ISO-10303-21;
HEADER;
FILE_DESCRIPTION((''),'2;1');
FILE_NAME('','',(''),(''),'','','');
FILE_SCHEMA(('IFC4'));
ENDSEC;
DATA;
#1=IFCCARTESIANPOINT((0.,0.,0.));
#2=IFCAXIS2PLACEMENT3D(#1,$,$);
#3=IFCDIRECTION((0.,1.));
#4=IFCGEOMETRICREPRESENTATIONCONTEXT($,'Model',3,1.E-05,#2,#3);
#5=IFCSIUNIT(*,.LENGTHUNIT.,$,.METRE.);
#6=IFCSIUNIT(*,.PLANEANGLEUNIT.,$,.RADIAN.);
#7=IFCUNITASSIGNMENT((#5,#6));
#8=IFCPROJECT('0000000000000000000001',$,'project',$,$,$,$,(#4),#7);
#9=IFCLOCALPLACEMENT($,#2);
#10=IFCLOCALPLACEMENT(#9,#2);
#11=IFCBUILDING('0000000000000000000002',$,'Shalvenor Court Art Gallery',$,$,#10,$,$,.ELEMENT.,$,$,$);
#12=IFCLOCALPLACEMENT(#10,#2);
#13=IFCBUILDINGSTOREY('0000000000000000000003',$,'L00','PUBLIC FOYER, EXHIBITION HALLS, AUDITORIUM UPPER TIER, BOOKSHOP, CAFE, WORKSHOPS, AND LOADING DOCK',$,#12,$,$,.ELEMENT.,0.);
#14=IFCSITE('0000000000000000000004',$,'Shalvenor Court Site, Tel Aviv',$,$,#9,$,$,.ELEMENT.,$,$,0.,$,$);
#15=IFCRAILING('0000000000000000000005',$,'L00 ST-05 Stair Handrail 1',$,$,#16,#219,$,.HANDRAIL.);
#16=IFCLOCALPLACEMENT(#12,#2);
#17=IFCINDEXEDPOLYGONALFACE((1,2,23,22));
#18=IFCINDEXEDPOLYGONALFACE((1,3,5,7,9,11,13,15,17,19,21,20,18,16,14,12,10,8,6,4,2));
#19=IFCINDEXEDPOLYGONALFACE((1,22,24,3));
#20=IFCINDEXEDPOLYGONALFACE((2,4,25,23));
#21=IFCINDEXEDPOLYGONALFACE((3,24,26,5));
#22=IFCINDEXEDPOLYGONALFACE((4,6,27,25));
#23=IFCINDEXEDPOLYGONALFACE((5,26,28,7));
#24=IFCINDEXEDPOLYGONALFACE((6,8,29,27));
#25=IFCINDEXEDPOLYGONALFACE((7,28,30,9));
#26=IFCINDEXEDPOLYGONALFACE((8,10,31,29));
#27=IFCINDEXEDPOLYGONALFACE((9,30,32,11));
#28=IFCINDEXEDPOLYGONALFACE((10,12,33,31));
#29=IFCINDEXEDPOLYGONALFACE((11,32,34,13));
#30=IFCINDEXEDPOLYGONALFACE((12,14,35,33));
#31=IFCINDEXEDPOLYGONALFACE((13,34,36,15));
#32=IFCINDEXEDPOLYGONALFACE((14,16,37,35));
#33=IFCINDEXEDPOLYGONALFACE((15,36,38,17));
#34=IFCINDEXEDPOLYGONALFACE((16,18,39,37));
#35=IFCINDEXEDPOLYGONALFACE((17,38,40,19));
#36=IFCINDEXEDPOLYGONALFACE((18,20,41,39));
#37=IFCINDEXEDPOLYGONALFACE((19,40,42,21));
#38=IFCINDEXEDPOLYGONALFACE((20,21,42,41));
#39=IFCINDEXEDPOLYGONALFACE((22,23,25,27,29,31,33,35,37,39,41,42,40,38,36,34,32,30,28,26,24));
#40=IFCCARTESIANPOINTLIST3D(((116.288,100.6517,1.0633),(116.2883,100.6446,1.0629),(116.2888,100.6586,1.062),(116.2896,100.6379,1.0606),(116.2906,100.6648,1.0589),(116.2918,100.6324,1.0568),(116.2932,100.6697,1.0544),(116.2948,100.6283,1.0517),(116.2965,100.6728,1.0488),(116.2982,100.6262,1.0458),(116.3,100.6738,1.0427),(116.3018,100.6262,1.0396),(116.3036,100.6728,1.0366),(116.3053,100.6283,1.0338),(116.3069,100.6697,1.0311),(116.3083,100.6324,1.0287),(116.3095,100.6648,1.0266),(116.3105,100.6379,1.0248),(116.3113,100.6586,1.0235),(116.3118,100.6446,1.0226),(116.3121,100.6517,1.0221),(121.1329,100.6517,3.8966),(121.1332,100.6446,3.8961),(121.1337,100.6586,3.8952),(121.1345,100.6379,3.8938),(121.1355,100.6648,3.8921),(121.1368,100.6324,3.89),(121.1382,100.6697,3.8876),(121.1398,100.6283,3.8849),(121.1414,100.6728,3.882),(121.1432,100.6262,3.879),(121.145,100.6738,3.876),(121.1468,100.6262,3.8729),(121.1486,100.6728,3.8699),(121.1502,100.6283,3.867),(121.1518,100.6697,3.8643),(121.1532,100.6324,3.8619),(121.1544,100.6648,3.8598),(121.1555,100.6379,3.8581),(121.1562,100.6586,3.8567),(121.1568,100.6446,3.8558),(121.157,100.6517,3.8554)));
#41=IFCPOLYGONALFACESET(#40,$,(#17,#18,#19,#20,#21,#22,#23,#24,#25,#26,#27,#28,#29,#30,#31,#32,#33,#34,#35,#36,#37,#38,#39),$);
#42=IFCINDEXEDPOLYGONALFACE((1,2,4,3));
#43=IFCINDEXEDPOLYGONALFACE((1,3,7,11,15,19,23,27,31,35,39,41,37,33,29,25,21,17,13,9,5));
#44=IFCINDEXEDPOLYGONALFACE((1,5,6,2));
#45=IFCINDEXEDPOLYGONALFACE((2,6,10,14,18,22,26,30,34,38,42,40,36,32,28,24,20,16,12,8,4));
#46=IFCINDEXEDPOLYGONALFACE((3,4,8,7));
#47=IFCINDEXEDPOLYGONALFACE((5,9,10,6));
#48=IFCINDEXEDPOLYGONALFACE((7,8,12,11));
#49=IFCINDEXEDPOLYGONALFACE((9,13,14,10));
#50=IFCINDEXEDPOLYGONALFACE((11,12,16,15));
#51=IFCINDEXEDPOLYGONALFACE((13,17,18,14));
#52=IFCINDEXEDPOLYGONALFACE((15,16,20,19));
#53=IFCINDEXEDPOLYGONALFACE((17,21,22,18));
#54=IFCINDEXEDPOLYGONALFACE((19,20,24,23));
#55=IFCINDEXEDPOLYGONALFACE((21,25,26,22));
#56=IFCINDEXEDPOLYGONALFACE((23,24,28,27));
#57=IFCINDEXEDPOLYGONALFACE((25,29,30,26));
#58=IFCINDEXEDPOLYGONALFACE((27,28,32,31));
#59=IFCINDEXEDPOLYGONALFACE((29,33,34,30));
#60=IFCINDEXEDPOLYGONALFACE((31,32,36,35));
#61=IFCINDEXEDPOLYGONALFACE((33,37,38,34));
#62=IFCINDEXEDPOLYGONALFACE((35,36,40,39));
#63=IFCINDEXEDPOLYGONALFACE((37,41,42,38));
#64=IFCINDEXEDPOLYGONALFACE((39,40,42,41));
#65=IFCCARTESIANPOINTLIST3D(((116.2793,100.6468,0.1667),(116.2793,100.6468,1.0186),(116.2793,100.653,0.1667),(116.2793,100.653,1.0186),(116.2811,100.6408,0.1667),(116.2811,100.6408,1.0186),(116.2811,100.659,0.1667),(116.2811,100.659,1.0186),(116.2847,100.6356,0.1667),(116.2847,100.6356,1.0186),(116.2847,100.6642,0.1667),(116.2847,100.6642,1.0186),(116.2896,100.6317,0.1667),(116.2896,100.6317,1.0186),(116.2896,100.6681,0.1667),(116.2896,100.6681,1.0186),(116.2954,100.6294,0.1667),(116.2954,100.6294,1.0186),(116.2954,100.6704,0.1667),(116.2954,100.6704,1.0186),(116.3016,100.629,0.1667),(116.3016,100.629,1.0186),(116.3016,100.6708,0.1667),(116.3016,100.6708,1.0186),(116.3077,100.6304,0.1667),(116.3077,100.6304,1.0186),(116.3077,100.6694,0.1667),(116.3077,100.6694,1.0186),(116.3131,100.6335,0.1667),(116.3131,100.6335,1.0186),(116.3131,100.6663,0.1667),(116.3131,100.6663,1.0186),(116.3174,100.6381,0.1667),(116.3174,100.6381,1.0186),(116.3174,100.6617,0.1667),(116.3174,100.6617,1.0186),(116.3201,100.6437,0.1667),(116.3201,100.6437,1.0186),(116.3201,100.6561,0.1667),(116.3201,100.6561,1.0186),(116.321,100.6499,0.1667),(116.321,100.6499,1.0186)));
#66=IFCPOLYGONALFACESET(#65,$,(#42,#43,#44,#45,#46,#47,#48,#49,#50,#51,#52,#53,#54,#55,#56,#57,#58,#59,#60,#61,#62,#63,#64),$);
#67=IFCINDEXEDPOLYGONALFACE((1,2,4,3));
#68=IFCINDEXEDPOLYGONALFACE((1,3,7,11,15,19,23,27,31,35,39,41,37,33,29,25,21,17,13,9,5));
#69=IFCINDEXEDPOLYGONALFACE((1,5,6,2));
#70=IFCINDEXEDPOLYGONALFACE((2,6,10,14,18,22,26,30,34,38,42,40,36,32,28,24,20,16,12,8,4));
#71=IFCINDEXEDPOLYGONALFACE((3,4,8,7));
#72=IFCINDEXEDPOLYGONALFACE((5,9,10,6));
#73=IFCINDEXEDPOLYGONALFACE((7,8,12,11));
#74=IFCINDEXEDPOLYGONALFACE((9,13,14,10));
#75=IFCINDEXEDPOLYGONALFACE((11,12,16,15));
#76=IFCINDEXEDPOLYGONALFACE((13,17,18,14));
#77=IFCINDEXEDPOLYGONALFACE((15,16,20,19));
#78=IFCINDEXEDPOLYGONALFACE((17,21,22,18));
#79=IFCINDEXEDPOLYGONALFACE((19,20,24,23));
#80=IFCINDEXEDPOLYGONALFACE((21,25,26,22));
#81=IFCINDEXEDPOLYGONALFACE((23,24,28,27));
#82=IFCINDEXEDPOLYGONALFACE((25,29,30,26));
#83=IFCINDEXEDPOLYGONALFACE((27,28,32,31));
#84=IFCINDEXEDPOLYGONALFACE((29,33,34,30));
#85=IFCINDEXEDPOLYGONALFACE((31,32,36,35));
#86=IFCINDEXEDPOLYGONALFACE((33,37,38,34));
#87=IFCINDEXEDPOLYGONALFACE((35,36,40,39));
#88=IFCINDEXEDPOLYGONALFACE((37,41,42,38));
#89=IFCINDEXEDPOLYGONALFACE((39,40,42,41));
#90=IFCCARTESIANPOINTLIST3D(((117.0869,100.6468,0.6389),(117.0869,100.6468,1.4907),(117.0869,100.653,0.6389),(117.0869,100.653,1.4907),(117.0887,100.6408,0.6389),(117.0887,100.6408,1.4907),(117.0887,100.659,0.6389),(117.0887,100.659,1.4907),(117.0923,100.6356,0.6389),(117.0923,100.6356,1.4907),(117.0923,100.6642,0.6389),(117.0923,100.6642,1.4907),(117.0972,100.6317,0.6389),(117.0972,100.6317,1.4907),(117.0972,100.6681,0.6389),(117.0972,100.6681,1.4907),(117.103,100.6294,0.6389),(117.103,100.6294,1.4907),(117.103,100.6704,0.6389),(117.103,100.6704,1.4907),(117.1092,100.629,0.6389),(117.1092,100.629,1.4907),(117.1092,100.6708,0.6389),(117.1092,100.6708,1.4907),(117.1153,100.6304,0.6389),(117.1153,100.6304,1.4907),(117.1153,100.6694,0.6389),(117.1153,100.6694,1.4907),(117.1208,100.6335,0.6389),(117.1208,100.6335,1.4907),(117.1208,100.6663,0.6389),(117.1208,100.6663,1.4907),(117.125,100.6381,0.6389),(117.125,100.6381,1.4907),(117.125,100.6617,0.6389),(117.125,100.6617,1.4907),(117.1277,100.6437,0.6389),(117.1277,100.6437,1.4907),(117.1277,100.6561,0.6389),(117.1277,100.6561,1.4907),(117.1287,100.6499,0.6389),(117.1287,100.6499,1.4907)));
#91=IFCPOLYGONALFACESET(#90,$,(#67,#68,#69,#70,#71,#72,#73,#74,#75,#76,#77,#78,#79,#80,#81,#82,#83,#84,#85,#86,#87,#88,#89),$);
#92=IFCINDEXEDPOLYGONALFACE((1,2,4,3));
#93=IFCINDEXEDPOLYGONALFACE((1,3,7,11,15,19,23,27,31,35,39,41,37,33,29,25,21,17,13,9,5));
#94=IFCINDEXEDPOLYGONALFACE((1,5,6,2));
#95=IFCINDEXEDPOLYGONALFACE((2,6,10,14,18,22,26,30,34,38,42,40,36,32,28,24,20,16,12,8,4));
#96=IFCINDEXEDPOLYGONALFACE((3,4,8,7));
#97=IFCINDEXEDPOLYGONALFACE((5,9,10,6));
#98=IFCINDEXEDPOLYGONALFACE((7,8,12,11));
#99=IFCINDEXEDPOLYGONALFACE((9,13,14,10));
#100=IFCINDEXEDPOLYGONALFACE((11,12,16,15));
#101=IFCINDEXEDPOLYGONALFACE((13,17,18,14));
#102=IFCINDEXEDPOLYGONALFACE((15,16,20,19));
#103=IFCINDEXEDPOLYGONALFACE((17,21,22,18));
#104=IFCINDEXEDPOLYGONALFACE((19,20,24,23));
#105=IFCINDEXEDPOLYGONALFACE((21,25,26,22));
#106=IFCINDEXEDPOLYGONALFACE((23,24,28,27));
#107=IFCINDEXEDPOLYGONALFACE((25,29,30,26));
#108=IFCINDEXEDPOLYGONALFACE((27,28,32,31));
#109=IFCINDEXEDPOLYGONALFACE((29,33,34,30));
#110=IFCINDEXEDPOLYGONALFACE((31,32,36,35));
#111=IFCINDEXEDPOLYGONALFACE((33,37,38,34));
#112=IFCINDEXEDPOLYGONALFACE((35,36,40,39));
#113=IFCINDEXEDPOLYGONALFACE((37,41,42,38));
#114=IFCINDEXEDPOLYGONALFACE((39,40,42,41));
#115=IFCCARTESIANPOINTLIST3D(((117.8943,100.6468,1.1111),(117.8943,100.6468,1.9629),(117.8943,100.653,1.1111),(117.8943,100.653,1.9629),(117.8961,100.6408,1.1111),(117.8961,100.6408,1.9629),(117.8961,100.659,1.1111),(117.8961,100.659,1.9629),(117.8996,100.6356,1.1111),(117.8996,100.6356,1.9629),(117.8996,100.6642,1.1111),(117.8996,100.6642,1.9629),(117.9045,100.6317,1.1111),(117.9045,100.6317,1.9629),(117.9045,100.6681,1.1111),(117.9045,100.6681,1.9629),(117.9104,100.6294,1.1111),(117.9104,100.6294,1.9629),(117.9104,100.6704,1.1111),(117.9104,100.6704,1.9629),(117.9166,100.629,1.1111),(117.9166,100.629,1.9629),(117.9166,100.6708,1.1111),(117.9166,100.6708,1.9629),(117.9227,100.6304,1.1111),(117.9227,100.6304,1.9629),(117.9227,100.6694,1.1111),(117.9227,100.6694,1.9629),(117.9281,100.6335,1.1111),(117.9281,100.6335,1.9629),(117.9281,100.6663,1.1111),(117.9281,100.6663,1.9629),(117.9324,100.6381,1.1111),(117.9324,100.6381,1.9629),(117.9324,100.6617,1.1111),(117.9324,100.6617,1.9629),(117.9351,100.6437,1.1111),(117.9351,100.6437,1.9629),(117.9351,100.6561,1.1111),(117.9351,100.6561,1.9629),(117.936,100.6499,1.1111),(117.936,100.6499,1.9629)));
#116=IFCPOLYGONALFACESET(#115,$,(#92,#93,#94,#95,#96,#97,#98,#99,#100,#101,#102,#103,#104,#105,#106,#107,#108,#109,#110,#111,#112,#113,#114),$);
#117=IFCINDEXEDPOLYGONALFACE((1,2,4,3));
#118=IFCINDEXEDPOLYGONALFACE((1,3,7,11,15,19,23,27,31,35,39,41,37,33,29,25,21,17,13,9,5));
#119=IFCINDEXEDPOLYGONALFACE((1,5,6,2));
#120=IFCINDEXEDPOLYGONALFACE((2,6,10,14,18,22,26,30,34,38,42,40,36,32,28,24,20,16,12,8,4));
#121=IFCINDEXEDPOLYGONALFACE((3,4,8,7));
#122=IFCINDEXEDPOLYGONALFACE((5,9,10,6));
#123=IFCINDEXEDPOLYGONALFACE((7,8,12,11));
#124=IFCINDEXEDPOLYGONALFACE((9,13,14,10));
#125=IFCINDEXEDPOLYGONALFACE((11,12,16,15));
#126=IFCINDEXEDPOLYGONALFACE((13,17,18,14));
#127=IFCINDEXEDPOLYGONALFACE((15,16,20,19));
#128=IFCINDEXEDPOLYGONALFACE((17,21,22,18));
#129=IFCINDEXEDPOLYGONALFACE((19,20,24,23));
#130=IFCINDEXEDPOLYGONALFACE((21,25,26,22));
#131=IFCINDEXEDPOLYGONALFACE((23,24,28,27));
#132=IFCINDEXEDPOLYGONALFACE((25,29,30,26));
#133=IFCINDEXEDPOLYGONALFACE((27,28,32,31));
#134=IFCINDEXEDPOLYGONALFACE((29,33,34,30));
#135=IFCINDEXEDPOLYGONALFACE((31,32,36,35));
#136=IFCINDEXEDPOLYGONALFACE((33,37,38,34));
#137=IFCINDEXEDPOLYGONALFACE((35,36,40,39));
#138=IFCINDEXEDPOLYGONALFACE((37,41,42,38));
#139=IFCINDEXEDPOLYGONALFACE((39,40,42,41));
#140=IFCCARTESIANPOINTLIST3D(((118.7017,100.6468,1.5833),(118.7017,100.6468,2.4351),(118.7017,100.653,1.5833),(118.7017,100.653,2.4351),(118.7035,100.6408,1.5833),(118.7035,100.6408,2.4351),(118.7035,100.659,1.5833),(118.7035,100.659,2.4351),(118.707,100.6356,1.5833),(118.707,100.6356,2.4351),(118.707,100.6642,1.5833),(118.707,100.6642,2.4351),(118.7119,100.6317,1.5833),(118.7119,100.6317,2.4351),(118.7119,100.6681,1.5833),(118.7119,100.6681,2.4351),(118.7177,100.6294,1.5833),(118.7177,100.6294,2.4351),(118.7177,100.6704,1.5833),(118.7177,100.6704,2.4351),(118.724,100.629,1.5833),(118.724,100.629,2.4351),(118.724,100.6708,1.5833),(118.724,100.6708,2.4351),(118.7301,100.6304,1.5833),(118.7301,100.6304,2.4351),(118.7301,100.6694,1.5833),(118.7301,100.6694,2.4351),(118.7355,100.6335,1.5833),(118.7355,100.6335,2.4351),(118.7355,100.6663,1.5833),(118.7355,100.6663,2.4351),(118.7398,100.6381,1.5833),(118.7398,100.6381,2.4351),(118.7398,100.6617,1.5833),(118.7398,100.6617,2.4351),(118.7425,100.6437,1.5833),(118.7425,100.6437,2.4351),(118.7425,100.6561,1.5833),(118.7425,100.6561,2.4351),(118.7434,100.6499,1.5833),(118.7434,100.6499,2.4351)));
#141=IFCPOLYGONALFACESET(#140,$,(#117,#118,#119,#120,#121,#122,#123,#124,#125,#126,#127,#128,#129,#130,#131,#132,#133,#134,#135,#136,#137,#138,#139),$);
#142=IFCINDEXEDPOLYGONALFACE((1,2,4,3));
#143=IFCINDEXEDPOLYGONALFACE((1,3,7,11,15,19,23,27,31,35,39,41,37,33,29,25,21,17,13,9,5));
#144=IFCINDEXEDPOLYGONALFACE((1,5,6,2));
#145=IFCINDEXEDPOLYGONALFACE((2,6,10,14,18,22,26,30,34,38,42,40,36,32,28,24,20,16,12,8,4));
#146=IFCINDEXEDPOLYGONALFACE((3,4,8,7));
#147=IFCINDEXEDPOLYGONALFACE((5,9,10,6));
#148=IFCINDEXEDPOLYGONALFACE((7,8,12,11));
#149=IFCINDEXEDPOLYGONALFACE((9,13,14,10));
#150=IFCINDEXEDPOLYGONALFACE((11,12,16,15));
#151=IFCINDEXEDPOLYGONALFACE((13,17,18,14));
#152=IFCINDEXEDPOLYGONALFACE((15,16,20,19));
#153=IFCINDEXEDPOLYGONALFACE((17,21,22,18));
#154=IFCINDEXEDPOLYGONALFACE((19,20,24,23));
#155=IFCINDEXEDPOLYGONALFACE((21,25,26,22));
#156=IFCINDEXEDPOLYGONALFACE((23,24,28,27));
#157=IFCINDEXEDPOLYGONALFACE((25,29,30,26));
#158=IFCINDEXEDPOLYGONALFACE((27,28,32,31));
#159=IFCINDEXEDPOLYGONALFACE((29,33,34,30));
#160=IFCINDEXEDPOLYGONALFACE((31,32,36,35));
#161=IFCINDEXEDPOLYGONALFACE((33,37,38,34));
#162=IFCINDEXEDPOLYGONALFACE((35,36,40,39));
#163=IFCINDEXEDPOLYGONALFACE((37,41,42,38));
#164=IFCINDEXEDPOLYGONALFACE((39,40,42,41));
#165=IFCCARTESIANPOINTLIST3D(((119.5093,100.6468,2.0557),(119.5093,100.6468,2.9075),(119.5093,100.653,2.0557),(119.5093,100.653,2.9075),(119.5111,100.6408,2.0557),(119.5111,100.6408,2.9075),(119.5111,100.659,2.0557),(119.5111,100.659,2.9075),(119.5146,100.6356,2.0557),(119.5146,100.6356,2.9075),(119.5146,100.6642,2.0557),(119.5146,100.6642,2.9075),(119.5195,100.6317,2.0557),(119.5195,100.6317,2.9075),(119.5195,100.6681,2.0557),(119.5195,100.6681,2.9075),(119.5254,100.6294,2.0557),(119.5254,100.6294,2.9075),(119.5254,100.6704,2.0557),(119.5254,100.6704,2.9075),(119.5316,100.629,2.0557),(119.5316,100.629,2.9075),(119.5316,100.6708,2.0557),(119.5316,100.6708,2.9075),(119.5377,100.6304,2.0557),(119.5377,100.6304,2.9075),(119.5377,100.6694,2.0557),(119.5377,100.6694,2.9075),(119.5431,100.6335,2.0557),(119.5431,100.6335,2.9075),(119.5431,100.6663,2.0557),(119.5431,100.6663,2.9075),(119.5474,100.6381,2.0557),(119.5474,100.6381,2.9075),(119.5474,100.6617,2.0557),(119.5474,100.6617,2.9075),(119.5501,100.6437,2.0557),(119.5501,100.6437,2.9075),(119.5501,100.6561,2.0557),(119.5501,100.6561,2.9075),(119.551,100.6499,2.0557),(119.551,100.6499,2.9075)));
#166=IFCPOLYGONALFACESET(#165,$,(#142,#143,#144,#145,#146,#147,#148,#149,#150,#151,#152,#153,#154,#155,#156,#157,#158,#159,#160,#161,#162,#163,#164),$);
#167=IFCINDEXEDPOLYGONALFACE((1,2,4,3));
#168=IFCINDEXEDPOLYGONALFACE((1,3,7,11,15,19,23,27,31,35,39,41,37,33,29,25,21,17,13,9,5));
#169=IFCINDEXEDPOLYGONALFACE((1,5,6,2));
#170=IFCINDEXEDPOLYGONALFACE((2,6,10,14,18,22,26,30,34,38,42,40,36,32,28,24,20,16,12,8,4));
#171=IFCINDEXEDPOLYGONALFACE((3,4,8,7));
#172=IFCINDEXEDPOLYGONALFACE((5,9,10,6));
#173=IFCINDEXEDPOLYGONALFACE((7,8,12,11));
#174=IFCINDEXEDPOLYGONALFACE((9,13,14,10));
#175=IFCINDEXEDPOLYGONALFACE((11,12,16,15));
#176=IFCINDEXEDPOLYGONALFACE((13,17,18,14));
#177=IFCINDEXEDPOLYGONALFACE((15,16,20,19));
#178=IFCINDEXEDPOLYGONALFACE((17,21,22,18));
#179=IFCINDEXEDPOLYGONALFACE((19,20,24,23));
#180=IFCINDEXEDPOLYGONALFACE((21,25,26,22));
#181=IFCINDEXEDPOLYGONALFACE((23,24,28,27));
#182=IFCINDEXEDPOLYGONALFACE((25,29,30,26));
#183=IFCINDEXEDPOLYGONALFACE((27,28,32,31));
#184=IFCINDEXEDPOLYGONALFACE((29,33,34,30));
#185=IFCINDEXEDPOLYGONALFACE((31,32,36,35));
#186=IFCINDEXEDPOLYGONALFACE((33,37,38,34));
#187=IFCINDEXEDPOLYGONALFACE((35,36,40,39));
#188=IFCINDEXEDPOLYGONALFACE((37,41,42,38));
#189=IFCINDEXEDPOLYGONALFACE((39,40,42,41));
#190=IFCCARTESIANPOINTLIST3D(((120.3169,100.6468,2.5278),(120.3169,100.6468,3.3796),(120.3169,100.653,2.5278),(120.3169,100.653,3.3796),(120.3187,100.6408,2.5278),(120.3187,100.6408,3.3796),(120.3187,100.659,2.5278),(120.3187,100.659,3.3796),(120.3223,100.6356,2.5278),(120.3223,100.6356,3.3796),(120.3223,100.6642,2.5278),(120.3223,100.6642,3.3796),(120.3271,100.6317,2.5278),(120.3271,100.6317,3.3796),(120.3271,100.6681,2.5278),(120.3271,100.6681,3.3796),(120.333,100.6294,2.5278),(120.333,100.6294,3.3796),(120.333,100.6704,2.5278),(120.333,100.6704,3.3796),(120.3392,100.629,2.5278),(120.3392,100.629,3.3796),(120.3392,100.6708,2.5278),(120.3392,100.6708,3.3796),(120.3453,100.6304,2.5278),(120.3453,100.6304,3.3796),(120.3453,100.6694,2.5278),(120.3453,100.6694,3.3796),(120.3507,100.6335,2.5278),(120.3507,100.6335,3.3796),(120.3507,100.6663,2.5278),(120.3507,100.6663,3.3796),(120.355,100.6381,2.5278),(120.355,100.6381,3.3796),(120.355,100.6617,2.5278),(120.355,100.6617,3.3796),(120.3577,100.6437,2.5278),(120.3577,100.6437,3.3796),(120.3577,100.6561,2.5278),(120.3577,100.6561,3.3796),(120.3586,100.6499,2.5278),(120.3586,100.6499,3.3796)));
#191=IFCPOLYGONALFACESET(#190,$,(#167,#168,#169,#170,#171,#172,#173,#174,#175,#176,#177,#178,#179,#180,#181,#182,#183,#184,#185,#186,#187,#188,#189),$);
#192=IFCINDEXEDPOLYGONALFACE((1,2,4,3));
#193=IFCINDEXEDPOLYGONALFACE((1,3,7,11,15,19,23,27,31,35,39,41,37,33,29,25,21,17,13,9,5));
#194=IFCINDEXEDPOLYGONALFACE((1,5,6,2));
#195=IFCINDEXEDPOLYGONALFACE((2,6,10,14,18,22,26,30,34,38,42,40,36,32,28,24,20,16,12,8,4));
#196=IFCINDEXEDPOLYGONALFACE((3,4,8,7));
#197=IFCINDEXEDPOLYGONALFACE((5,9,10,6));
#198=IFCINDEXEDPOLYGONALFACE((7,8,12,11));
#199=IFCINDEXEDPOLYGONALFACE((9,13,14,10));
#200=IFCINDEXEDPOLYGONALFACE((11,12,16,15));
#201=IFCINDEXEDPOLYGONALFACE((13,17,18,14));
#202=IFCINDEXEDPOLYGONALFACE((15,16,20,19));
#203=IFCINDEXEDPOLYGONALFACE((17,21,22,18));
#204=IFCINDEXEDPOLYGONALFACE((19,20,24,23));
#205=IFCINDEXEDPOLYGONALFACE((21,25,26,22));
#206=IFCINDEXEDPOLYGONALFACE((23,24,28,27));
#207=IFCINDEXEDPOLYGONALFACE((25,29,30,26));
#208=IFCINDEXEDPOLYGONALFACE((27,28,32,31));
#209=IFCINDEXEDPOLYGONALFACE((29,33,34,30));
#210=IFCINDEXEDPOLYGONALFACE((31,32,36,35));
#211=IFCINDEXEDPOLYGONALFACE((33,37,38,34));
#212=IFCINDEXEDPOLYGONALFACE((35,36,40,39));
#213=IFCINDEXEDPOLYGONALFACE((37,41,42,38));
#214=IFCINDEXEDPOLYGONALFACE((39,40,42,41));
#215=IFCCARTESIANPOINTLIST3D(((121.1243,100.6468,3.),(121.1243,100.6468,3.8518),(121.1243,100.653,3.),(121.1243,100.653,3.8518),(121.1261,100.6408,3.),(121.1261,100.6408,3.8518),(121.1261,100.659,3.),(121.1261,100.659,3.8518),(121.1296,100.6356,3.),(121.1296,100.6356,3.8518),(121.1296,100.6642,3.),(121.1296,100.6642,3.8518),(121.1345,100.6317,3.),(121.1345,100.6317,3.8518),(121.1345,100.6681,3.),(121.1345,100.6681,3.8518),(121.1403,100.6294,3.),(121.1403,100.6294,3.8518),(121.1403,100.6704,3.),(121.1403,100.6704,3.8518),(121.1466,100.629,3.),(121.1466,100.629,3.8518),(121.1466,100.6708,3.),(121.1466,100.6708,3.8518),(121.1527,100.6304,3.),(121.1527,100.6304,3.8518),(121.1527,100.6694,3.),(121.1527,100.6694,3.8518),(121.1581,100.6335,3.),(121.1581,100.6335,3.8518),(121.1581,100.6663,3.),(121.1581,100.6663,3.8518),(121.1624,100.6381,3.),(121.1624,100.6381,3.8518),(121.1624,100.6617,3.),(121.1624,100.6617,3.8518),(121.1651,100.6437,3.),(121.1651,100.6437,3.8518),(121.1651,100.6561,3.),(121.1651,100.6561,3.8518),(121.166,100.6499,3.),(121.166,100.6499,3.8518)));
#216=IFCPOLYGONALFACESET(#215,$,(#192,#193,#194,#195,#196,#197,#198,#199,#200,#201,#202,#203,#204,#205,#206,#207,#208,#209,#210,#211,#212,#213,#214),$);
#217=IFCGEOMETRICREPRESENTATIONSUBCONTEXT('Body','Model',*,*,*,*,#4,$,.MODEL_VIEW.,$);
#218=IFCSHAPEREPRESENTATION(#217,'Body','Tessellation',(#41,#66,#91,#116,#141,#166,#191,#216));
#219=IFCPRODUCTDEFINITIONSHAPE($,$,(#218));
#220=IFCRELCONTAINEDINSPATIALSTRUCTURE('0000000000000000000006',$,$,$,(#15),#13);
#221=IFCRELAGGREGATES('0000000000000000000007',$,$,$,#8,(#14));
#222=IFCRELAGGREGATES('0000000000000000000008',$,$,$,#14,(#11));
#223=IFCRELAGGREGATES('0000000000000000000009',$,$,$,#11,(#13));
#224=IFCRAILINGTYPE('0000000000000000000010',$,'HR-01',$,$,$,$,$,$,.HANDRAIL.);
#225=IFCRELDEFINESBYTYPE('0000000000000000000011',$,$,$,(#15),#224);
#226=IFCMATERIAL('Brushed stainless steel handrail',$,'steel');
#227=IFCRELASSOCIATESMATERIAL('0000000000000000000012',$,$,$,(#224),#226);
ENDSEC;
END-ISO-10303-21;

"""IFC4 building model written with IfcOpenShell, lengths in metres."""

from ifc_helpers import new_model, si_unit, direction, frame, origin, origin_2d, place, context, subcontext, project, spatial, circle, extrude, material, type_object, element, save


model = new_model("IFC4")

# Units and contexts
model_context = context("Model", 3, precision=1e-05, world=origin(), true_north=direction((0.0, 1.0)))
body_context = subcontext(model_context, "Body", "Model", "MODEL_VIEW")
ifc_project = project(units=[si_unit("LENGTHUNIT", "METRE"), si_unit("PLANEANGLEUNIT", "RADIAN")], contexts=[model_context])

# Site, building, storey
site_placement = place(None, origin())
site = spatial("IfcSite", under=ifc_project, at=site_placement, Name="Shalvenor Court Site, Tel Aviv", CompositionType="ELEMENT", RefElevation=0.0)
building_placement = place(site_placement, origin())
building = spatial("IfcBuilding", under=site, at=building_placement, Name="Shalvenor Court Art Gallery", CompositionType="ELEMENT")
storey_placement = place(building_placement, origin())
storey = spatial("IfcBuildingStorey", under=building, at=storey_placement, Name="L00", Description="PUBLIC FOYER, EXHIBITION HALLS, AUDITORIUM UPPER TIER, BOOKSHOP, CAFE, WORKSHOPS, AND LOADING DOCK", CompositionType="ELEMENT", Elevation=0.0)

# Railing
ifc_material_1 = material(Name="Brushed stainless steel handrail", Category="steel")
railing_type_1 = type_object("IfcRailingType", Name="HR-01", PredefinedType="HANDRAIL", material=ifc_material_1)
railing_1_placement = place(storey_placement, frame((116.3, 100.6499, 0.1667)))
element("IfcRailing", 1, at=railing_1_placement, inside=storey, type_object=railing_type_1, Name="L00 ST-05 Stair Handrail 1", PredefinedType="HANDRAIL", context=body_context, shape_type="SweptSolid", body=[
    extrude(circle(Radius=0.0239, at=origin_2d()), frame((0.0, 0.0, 0.876), z_axis=(0.863234, 0.0, 0.504804), x_axis=(0.0, 1.0, 0.0)), (0.0, 0.0, 1.0), 5.6125),
    extrude(circle(Radius=0.021, at=origin_2d()), origin(), (0.0, 0.0, 1.0), 0.8518),
    extrude(circle(Radius=0.021, at=origin_2d()), frame((0.8076, 0.0, 0.4722)), (0.0, 0.0, 1.0), 0.8518),
    extrude(circle(Radius=0.021, at=origin_2d()), frame((1.615, 0.0, 0.9443)), (0.0, 0.0, 1.0), 0.8518),
    extrude(circle(Radius=0.021, at=origin_2d()), frame((2.4224, 0.0, 1.4165)), (0.0, 0.0, 1.0), 0.8518),
    extrude(circle(Radius=0.021, at=origin_2d()), frame((3.23, 0.0, 1.8889)), (0.0, 0.0, 1.0), 0.8518),
    extrude(circle(Radius=0.021, at=origin_2d()), frame((4.0376, 0.0, 2.3611)), (0.0, 0.0, 1.0), 0.8518),
    extrude(circle(Radius=0.021, at=origin_2d()), frame((4.845, 0.0, 2.8333)), (0.0, 0.0, 1.0), 0.8518),
])

save(model, "model.ifc")
